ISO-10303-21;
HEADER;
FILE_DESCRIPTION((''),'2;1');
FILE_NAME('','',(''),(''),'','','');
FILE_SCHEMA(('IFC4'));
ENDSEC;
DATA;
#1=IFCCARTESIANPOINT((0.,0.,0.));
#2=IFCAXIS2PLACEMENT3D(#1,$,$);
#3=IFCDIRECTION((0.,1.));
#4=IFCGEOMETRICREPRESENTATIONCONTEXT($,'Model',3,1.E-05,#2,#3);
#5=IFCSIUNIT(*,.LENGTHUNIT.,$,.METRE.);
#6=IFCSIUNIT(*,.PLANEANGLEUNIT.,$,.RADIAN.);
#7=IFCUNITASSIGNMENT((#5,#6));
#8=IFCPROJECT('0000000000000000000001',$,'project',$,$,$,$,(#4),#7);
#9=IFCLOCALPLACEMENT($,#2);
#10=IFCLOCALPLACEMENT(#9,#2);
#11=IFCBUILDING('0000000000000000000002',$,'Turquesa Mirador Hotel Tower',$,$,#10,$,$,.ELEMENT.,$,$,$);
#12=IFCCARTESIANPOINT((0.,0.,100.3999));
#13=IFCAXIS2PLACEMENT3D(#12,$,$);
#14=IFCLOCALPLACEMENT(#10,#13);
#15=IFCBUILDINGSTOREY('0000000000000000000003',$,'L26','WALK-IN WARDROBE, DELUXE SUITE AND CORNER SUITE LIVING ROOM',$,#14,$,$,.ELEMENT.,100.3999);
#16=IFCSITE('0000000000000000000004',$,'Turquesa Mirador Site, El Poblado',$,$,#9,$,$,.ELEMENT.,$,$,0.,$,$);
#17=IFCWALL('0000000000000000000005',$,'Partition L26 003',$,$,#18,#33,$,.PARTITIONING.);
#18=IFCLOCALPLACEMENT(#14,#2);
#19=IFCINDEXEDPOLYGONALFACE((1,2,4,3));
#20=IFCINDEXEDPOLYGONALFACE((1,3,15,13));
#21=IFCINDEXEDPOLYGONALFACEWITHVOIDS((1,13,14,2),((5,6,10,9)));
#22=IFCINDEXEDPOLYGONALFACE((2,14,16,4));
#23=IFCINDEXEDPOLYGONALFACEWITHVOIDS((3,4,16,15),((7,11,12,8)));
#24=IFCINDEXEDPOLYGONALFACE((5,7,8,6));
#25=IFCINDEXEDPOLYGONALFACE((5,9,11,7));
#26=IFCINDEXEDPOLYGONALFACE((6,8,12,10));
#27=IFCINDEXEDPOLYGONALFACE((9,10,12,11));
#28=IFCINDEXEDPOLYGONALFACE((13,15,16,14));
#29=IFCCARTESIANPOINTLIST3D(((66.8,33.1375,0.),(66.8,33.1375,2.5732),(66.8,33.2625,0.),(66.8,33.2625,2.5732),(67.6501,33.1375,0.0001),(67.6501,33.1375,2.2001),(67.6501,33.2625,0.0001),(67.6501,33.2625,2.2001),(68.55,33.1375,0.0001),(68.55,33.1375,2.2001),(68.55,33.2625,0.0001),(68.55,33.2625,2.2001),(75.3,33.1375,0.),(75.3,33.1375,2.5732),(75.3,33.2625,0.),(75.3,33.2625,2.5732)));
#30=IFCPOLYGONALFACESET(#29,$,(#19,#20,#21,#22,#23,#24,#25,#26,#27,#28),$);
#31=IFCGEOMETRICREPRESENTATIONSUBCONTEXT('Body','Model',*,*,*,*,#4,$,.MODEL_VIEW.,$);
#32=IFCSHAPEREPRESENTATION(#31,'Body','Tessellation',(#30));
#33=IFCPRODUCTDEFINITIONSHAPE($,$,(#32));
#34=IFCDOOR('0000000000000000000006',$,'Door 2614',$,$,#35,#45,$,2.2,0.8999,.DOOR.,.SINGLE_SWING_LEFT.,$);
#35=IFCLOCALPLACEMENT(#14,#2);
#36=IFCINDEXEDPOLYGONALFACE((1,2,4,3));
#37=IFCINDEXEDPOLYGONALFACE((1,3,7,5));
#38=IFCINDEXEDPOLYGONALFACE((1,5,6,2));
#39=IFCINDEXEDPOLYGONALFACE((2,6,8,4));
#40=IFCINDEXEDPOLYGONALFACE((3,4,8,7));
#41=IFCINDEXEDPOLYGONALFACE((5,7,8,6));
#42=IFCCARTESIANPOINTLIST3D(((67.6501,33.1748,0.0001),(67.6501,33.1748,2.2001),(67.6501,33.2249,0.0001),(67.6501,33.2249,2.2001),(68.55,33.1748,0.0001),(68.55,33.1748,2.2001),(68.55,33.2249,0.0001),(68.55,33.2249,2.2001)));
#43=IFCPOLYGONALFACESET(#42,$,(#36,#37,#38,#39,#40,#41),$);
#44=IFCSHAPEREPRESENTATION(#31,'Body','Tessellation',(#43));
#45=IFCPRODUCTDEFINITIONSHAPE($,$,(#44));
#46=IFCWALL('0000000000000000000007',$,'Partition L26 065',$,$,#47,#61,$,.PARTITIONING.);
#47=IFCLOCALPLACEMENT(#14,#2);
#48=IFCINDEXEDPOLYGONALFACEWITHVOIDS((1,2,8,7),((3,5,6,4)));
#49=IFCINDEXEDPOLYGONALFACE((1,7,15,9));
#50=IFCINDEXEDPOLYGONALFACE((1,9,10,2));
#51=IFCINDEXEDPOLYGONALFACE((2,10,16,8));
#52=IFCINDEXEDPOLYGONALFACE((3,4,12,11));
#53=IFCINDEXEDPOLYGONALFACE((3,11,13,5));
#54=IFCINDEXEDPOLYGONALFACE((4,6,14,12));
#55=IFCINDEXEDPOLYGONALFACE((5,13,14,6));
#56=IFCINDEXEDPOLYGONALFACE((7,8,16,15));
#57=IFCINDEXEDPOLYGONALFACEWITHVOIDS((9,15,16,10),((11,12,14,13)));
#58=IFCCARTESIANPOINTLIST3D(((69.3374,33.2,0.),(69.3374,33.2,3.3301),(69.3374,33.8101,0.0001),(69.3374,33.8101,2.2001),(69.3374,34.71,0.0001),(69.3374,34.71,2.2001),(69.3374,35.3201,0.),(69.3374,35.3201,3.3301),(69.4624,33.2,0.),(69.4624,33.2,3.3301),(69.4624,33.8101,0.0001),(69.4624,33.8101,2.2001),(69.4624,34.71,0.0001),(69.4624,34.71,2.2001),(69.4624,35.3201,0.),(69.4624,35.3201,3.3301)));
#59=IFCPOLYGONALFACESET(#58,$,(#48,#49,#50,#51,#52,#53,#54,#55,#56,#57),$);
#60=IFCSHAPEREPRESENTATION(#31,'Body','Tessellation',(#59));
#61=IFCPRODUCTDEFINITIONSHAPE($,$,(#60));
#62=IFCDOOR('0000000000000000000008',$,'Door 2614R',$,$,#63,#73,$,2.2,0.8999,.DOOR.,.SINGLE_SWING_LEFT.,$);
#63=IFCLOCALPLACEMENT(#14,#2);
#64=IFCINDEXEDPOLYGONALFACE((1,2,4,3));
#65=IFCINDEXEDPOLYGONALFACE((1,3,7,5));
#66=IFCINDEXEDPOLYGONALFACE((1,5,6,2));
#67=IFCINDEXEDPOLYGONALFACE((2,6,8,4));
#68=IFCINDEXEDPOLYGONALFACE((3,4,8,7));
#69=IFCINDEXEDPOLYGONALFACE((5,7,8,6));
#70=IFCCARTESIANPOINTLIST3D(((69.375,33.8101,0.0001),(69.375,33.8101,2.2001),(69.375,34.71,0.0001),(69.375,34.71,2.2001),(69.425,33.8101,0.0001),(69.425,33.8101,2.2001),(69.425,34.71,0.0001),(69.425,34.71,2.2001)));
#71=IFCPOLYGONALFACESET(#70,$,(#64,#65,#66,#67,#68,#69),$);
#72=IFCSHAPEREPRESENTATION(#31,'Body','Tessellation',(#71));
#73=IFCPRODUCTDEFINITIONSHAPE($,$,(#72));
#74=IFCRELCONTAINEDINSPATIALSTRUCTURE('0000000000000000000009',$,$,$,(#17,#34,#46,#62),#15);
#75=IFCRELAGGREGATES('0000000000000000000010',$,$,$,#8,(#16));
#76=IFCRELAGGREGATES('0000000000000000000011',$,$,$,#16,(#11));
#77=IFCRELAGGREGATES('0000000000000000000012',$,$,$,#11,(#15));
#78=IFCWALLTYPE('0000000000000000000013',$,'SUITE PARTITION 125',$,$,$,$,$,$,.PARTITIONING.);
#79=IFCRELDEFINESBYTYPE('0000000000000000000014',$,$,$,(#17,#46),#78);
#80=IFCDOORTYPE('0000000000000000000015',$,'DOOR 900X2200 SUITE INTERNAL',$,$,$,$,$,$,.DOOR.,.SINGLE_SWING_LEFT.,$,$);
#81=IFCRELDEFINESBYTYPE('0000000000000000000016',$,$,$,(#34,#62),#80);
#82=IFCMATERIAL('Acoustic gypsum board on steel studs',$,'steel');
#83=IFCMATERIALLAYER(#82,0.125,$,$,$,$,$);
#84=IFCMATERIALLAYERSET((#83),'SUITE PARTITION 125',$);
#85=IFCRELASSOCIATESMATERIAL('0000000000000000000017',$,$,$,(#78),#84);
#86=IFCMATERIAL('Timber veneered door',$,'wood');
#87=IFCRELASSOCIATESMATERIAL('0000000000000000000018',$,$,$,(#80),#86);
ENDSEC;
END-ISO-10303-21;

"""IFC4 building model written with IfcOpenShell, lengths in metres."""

from ifc_helpers import new_model, si_unit, direction, frame, frame_2d, origin, place, context, subcontext, project, spatial, rectangle, extrude, material, layer, layer_set, type_object, element, fill, save


model = new_model("IFC4")

# Units and contexts
model_context = context("Model", 3, precision=1e-05, world=origin(), true_north=direction((0.0, 1.0)))
body_context = subcontext(model_context, "Body", "Model", "MODEL_VIEW")
ifc_project = project(units=[si_unit("LENGTHUNIT", "METRE"), si_unit("PLANEANGLEUNIT", "RADIAN")], contexts=[model_context])

# Site, building, storey
site_placement = place(None, origin())
site = spatial("IfcSite", under=ifc_project, at=site_placement, Name="Turquesa Mirador Site, El Poblado", CompositionType="ELEMENT", RefElevation=0.0)
building_placement = place(site_placement, origin())
building = spatial("IfcBuilding", under=site, at=building_placement, Name="Turquesa Mirador Hotel Tower", CompositionType="ELEMENT")
storey_placement = place(building_placement, frame((0.0, 0.0, 100.3999)))
storey = spatial("IfcBuildingStorey", under=building, at=storey_placement, Name="L26", Description="WALK-IN WARDROBE, DELUXE SUITE AND CORNER SUITE LIVING ROOM", CompositionType="ELEMENT", Elevation=100.3999)

# Walls, openings, doors
ifc_material_1 = material(Name="Acoustic gypsum board on steel studs", Category="steel")
ifc_layer_1 = layer(ifc_material_1, 0.125)
ifc_layer_set_1 = layer_set([ifc_layer_1], Name="SUITE PARTITION 125")
wall_type_1 = type_object("IfcWallType", Name="SUITE PARTITION 125", PredefinedType="PARTITIONING", material=ifc_layer_set_1)
wall_1_placement = place(storey_placement, frame((66.8, 33.2, 0.0), z_axis=(0.0, 0.0, 1.0), x_axis=(1.0, 0.0, 0.0)))
wall_1 = element("IfcWall", 1, at=wall_1_placement, inside=storey, type_object=wall_type_1, Name="Partition L26 003", PredefinedType="PARTITIONING", context=body_context, shape_type="SweptSolid", body=[
    extrude(rectangle(XDim=8.5, YDim=0.125, at=frame_2d((4.25, 0.0))), origin(), (0.0, 0.0, 1.0), 2.5732),
])
opening_1_placement = place(wall_1_placement, frame((0.8501, 0.0, 0.0)))
opening_1 = element("IfcOpeningElement", 2, at=opening_1_placement, cuts=wall_1, PredefinedType="OPENING", context=body_context, shape_type="SweptSolid", body=[
    extrude(rectangle(XDim=0.8999, YDim=2.2, at=frame_2d((0.45, 1.1001))), frame((0.0, 0.0725, 0.0), z_axis=(0.0, -1.0, 0.0), x_axis=(1.0, 0.0, 0.0)), (0.0, 0.0, 1.0), 0.145),
])
ifc_material_2 = material(Name="Timber veneered door", Category="wood")
door_type = type_object("IfcDoorType", Name="DOOR 900X2200 SUITE INTERNAL", OperationType="SINGLE_SWING_LEFT", PredefinedType="DOOR", material=ifc_material_2)
door_1_placement = place(opening_1_placement, origin())
door_1 = element("IfcDoor", 3, at=door_1_placement, inside=storey, type_object=door_type, Name="Door 2614", OperationType="SINGLE_SWING_LEFT", OverallHeight=2.2, OverallWidth=0.8999, PredefinedType="DOOR", context=body_context, shape_type="SweptSolid", body=[
    extrude(rectangle(XDim=0.8999, YDim=2.2, at=frame_2d((0.45, 1.1001))), frame((0.0, 0.0249, 0.0), z_axis=(0.0, -1.0, 0.0), x_axis=(1.0, 0.0, 0.0)), (0.0, 0.0, 1.0), 0.05),
])
fill(opening_1, door_1)
wall_2_placement = place(storey_placement, frame((69.3999, 33.2, 0.0), z_axis=(0.0, 0.0, 1.0), x_axis=(0.0, 1.0, 0.0)))
wall_2 = element("IfcWall", 4, at=wall_2_placement, inside=storey, type_object=wall_type_1, Name="Partition L26 065", PredefinedType="PARTITIONING", context=body_context, shape_type="SweptSolid", body=[
    extrude(rectangle(XDim=2.1201, YDim=0.125, at=frame_2d((1.0601, 0.0))), origin(), (0.0, 0.0, 1.0), 3.3301),
])
opening_2_placement = place(wall_2_placement, frame((0.6101, 0.0, 0.0)))
opening_2 = element("IfcOpeningElement", 5, at=opening_2_placement, cuts=wall_2, PredefinedType="OPENING", context=body_context, shape_type="SweptSolid", body=[
    extrude(rectangle(XDim=0.8999, YDim=2.2, at=frame_2d((0.45, 1.1001))), frame((0.0, 0.0725, 0.0), z_axis=(0.0, -1.0, 0.0), x_axis=(1.0, 0.0, 0.0)), (0.0, 0.0, 1.0), 0.145),
])
door_2_placement = place(opening_2_placement, origin())
door_2 = element("IfcDoor", 6, at=door_2_placement, inside=storey, type_object=door_type, Name="Door 2614R", OperationType="SINGLE_SWING_LEFT", OverallHeight=2.2, OverallWidth=0.8999, PredefinedType="DOOR", context=body_context, shape_type="SweptSolid", body=[
    extrude(rectangle(XDim=0.8999, YDim=2.2, at=frame_2d((0.45, 1.1001))), frame((0.0, 0.0249, 0.0), z_axis=(0.0, -1.0, 0.0), x_axis=(1.0, 0.0, 0.0)), (0.0, 0.0, 1.0), 0.05),
])
fill(opening_2, door_2)

save(model, "model.ifc")
